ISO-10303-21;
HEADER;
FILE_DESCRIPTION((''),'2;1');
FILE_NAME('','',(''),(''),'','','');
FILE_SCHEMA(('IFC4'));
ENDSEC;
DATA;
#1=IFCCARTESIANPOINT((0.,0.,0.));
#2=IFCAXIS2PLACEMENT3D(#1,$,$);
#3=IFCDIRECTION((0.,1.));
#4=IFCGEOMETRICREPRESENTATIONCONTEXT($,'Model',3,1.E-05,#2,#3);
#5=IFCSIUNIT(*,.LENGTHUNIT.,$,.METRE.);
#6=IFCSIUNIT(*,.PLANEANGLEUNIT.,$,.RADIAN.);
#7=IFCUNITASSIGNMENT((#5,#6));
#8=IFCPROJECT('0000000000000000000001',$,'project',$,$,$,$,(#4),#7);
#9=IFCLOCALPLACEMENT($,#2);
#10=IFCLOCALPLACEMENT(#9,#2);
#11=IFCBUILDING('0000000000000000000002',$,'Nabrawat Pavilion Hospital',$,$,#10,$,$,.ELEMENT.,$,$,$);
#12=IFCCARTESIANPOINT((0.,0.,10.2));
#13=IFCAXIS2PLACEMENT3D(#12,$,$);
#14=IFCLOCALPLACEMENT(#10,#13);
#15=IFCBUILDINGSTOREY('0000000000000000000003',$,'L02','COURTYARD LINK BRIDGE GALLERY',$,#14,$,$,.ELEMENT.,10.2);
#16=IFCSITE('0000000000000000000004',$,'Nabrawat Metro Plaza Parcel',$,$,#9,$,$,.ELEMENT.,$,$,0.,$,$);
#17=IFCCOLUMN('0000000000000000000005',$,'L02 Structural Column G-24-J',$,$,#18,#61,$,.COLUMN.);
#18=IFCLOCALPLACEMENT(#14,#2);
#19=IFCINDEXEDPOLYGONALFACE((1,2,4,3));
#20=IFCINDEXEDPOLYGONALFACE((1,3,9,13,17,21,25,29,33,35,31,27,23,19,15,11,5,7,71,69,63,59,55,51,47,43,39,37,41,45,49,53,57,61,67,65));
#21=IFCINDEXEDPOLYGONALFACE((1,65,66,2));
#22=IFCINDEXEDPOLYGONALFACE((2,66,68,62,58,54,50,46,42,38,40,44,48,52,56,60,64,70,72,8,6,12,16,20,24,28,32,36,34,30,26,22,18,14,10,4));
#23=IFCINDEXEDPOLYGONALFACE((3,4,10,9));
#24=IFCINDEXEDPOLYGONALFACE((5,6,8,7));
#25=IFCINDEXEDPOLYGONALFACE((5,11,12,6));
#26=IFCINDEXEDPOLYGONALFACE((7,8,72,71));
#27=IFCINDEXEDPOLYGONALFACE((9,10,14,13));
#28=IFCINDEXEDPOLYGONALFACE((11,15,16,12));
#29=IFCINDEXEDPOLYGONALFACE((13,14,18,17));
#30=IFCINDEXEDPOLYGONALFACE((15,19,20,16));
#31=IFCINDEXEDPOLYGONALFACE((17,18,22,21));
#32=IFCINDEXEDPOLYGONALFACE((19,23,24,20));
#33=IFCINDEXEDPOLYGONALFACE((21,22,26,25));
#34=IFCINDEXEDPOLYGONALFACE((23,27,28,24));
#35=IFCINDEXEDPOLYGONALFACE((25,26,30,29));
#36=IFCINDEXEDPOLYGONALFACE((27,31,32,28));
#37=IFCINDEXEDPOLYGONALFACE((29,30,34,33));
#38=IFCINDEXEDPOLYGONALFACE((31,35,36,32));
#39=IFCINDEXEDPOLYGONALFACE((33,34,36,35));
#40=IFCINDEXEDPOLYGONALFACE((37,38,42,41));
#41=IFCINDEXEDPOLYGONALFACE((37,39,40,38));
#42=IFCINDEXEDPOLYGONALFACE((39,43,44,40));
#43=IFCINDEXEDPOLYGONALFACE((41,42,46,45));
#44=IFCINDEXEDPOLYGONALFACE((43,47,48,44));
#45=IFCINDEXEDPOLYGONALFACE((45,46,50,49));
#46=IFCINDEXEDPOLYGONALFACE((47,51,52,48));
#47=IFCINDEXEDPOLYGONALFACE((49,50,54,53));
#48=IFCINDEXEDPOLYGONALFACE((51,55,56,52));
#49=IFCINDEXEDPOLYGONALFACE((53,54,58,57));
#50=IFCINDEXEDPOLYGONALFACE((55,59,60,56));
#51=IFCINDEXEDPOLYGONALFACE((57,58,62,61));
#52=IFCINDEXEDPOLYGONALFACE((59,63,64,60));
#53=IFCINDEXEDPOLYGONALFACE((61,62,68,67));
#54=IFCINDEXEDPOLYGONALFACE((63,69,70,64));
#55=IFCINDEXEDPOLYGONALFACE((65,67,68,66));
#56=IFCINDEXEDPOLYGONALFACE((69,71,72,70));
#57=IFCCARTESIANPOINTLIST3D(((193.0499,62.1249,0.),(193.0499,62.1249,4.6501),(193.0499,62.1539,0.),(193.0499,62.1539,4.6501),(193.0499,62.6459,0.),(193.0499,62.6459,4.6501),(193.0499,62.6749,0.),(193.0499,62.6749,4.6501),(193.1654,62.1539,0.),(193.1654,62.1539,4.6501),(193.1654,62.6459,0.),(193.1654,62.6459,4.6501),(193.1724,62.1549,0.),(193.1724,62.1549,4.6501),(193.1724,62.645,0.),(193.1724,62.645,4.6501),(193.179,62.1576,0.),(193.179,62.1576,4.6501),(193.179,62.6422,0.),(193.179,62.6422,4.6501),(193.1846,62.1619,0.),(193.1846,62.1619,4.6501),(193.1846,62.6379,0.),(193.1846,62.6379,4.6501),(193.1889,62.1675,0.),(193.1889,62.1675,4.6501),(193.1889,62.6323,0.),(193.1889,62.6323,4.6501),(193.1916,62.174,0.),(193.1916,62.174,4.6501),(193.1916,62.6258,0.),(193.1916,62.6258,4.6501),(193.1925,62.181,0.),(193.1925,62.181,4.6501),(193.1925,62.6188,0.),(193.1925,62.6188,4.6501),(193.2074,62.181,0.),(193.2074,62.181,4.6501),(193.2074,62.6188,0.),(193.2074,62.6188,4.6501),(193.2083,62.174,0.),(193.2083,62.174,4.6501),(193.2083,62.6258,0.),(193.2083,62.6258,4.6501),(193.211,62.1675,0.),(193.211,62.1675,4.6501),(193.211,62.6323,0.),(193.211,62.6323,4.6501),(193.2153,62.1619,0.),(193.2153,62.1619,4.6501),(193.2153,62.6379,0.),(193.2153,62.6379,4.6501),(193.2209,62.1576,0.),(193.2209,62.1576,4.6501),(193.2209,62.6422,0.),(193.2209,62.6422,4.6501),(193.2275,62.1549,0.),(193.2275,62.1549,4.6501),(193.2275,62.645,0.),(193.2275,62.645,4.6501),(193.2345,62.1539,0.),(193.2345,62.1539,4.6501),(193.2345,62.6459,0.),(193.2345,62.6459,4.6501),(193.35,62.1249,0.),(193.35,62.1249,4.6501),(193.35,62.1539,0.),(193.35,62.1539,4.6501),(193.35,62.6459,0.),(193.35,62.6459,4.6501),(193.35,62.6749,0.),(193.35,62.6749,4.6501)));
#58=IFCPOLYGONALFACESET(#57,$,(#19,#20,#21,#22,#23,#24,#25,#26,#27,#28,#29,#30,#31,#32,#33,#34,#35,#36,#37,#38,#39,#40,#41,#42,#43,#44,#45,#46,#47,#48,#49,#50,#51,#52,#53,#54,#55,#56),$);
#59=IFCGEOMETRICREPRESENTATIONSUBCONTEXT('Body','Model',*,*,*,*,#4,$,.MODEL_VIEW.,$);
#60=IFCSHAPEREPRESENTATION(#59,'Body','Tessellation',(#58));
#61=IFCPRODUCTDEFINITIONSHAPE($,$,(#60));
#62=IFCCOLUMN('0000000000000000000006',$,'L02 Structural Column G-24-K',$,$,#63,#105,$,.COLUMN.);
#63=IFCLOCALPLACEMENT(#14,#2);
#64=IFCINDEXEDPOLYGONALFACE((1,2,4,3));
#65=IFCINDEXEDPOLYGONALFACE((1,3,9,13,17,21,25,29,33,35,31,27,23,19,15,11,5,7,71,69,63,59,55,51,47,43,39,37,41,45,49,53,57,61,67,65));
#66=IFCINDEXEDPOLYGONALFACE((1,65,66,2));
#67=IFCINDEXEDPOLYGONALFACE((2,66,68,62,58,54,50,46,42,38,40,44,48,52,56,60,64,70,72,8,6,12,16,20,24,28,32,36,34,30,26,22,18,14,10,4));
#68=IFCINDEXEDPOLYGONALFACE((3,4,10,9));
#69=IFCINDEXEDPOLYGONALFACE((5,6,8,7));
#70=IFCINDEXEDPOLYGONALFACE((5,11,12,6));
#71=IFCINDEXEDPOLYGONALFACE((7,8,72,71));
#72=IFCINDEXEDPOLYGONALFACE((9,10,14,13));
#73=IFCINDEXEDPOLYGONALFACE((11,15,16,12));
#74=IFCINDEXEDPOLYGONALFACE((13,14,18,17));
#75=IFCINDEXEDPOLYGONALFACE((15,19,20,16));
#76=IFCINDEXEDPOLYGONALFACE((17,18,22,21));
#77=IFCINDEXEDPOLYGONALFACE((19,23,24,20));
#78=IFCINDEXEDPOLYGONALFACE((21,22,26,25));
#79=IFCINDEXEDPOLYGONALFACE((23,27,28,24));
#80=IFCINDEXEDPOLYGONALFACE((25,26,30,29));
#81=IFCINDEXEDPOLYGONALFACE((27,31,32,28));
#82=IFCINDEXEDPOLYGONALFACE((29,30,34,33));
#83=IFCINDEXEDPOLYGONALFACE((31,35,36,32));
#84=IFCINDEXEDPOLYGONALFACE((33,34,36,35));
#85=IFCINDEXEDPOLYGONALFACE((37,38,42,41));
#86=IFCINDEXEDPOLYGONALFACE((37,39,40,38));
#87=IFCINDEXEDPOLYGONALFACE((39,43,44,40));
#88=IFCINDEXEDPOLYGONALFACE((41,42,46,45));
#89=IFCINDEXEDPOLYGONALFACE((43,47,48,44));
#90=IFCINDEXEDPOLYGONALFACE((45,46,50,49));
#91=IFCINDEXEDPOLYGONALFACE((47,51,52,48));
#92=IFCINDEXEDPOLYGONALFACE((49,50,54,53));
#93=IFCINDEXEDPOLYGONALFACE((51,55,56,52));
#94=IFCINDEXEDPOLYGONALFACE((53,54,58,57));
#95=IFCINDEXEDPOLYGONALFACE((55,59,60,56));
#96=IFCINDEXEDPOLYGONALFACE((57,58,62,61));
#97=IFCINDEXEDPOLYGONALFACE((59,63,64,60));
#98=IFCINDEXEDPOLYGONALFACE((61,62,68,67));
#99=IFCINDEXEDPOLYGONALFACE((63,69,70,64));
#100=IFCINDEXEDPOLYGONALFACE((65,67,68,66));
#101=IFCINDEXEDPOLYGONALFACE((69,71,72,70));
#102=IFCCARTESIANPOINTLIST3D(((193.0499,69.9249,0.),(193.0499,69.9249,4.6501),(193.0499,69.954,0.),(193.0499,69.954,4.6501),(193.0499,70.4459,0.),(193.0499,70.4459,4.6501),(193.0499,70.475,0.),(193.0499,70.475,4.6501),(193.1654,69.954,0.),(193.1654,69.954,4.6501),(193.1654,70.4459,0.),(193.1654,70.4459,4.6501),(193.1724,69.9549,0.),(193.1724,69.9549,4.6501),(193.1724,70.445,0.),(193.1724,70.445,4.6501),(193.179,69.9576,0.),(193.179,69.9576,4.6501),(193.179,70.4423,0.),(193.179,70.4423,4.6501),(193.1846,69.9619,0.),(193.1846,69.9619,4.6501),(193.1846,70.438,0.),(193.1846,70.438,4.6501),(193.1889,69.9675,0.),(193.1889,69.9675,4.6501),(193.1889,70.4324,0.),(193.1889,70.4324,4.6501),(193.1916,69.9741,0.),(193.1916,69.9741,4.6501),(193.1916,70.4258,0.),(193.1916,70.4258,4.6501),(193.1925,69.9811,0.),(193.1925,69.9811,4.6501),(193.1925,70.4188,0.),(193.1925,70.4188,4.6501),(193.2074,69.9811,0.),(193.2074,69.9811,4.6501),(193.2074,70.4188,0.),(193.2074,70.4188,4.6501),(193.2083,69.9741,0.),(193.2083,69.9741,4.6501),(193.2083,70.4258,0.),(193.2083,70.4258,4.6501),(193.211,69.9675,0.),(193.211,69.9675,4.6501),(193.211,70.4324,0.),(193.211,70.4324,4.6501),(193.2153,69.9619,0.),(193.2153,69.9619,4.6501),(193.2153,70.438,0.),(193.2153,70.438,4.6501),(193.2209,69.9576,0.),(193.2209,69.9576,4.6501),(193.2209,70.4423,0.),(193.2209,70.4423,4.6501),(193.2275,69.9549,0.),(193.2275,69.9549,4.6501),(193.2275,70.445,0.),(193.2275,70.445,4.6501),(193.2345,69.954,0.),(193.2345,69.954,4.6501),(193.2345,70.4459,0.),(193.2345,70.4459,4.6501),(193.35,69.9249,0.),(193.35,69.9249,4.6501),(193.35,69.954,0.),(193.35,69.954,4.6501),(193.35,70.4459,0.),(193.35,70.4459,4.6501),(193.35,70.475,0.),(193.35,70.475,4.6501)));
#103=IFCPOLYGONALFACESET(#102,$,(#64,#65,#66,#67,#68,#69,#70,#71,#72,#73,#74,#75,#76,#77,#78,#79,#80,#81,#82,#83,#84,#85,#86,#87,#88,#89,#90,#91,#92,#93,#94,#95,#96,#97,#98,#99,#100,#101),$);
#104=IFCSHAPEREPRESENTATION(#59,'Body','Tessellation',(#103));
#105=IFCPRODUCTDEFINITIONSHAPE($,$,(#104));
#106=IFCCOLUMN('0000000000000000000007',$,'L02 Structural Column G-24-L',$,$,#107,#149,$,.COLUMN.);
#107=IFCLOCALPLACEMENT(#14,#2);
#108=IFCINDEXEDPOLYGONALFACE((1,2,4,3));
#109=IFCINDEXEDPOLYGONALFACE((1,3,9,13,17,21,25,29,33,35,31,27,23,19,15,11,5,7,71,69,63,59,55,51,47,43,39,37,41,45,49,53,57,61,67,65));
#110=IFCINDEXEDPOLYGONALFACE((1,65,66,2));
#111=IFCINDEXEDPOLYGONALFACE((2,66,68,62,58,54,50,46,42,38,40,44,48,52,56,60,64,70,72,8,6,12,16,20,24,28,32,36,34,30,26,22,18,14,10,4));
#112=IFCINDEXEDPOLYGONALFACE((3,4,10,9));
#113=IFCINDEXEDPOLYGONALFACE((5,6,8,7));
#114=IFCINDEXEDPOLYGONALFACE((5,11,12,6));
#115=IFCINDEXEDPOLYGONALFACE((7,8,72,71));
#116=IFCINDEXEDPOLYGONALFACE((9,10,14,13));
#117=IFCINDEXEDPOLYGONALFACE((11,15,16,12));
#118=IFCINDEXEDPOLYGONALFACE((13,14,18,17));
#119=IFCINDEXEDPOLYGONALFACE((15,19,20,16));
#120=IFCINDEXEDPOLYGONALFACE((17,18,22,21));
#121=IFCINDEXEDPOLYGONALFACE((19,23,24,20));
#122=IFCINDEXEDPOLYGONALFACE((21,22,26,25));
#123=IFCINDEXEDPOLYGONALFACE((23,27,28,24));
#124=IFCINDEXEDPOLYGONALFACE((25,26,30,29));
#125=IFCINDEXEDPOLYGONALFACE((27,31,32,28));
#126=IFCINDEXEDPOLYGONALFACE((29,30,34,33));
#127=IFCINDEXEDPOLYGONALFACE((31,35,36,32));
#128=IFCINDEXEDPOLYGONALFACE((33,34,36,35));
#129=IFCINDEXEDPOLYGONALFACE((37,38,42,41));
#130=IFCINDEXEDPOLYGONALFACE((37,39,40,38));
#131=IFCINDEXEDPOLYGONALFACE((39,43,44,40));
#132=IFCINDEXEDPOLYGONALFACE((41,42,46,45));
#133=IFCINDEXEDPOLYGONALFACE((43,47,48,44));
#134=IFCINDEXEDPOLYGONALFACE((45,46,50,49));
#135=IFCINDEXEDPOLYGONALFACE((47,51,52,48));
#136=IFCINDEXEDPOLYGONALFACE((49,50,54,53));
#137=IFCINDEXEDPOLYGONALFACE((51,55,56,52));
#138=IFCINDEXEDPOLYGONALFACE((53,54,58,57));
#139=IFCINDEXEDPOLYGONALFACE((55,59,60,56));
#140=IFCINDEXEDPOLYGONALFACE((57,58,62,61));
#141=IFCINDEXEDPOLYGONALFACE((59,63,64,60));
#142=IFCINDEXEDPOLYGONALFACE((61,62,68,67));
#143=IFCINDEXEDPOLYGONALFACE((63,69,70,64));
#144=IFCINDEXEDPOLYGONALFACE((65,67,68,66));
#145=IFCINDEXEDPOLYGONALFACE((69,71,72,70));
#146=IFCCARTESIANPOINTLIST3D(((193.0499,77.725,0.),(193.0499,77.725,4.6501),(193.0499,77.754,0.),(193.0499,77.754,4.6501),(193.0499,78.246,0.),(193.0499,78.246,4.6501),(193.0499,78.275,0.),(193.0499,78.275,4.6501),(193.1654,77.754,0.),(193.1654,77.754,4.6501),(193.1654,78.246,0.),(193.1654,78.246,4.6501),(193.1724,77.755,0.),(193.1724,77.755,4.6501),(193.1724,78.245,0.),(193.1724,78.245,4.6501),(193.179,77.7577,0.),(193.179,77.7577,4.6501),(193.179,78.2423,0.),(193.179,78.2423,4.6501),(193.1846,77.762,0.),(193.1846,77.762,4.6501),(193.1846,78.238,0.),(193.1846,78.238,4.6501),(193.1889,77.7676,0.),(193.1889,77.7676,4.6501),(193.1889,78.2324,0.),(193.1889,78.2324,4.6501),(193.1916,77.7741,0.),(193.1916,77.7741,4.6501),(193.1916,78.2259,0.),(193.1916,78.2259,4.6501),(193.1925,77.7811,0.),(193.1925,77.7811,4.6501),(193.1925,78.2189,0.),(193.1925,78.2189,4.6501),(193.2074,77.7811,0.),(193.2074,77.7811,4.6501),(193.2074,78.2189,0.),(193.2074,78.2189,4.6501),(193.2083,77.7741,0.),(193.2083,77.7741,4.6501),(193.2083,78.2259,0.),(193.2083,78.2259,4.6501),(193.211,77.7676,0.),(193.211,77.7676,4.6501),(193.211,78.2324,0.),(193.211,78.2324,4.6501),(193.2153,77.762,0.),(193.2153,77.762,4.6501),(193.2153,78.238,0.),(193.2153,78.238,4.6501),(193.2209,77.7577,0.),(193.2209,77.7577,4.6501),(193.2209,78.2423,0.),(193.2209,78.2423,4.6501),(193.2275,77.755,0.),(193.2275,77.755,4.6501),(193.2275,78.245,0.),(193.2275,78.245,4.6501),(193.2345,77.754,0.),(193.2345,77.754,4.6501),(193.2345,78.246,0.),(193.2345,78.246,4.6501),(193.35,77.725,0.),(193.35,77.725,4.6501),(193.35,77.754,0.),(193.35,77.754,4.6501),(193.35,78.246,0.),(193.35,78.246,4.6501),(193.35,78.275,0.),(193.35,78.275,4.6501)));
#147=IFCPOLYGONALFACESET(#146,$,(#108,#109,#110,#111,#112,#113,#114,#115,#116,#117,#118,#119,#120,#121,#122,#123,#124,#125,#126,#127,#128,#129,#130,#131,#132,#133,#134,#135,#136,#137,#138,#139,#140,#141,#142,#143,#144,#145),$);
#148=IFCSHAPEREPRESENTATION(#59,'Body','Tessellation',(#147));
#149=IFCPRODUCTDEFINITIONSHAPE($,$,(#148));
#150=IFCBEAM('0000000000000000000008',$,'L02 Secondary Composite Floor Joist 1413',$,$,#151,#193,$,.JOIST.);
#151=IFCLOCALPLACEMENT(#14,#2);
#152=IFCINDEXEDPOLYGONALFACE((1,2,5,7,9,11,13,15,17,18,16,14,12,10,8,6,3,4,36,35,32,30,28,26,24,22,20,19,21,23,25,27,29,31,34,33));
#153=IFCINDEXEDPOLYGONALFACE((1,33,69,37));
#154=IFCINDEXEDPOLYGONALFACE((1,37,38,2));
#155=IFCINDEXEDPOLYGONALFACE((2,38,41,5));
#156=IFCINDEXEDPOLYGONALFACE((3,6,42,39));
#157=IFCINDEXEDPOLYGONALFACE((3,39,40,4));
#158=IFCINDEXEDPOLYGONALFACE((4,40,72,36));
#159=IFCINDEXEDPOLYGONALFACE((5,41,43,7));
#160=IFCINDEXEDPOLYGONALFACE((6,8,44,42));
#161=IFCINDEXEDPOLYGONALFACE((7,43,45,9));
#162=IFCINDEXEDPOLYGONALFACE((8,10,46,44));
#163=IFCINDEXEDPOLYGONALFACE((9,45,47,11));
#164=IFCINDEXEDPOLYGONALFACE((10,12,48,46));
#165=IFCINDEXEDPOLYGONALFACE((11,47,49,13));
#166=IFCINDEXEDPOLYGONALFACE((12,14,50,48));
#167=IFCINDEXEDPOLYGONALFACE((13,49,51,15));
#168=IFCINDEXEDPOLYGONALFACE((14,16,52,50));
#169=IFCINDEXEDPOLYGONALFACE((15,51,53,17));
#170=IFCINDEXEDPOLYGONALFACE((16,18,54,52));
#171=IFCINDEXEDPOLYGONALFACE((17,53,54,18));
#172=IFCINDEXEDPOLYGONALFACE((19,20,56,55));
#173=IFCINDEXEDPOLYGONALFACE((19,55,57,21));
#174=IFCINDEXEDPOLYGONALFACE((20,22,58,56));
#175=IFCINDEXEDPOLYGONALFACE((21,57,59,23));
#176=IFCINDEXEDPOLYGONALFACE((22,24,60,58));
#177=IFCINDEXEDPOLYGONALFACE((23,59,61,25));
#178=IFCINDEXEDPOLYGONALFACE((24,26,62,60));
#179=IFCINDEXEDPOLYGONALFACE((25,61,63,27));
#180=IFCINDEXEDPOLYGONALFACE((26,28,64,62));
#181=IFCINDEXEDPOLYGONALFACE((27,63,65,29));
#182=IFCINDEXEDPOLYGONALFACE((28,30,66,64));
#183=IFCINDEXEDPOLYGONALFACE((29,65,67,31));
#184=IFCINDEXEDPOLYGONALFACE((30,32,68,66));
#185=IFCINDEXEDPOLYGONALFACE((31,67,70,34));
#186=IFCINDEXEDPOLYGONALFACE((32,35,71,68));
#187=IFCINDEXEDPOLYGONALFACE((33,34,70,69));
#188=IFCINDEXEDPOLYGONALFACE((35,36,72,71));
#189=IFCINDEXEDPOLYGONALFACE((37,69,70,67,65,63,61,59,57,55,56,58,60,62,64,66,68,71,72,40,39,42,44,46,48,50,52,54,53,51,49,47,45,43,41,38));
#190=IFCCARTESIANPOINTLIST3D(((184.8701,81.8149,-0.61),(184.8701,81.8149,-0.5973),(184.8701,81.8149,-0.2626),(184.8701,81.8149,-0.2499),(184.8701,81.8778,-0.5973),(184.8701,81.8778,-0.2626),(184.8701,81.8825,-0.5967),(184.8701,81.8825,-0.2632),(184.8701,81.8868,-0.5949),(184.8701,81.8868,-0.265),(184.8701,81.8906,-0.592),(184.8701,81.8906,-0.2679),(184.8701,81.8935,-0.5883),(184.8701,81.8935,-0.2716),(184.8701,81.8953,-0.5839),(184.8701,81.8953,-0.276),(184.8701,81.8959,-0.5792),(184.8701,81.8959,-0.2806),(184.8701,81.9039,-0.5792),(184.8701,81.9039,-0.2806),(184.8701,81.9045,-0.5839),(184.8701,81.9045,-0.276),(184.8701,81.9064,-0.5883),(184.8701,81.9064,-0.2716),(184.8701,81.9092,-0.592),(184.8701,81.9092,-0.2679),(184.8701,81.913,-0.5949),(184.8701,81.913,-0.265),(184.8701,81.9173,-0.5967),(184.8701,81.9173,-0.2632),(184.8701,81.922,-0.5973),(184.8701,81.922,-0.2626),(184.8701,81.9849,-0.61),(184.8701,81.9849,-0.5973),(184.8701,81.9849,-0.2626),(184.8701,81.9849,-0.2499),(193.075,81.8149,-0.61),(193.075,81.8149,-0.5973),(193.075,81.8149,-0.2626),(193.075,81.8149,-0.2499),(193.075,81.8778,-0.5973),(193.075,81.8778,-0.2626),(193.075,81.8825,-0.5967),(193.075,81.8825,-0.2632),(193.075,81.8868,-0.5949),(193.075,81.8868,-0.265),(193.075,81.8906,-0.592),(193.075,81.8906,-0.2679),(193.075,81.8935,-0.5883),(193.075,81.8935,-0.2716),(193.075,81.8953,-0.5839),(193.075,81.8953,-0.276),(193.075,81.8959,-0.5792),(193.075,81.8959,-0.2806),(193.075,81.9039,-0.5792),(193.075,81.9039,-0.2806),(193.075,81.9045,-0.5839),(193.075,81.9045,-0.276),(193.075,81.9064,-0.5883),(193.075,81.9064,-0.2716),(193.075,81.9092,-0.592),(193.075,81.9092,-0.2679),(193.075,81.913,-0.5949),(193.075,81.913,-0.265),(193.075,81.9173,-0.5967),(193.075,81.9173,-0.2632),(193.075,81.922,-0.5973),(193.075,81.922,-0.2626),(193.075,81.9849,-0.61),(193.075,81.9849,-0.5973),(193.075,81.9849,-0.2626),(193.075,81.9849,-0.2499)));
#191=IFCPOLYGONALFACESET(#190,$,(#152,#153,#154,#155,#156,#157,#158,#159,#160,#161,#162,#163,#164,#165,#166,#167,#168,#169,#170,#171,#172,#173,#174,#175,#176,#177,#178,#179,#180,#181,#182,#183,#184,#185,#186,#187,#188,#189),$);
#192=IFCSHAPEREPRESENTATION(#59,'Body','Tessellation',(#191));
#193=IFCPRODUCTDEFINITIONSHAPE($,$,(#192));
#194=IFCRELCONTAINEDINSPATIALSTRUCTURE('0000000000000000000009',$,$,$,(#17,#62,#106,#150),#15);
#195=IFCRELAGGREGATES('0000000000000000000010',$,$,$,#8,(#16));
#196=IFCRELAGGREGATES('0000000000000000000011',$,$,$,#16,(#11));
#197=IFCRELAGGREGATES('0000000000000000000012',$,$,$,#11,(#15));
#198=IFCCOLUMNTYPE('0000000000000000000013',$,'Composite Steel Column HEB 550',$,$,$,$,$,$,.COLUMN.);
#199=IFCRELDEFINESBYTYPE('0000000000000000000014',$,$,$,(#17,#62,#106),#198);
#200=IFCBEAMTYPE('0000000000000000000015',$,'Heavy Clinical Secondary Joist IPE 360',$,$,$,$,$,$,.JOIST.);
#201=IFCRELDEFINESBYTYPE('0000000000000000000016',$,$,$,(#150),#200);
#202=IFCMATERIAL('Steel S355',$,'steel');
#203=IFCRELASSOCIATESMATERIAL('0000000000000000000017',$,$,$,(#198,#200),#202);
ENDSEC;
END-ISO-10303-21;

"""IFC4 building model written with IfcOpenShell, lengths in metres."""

from ifc_helpers import new_model, si_unit, direction, frame, origin, origin_2d, place, context, subcontext, project, spatial, i_section, extrude, material, material_profile, profile_set, type_object, element, save


model = new_model("IFC4")

# Units and contexts
model_context = context("Model", 3, precision=1e-05, world=origin(), true_north=direction((0.0, 1.0)))
body_context = subcontext(model_context, "Body", "Model", "MODEL_VIEW")
ifc_project = project(units=[si_unit("LENGTHUNIT", "METRE"), si_unit("PLANEANGLEUNIT", "RADIAN")], contexts=[model_context])

# Site, building, storey
site_placement = place(None, origin())
site = spatial("IfcSite", under=ifc_project, at=site_placement, Name="Nabrawat Metro Plaza Parcel", CompositionType="ELEMENT", RefElevation=0.0)
building_placement = place(site_placement, origin())
building = spatial("IfcBuilding", under=site, at=building_placement, Name="Nabrawat Pavilion Hospital", CompositionType="ELEMENT")
storey_placement = place(building_placement, frame((0.0, 0.0, 10.2)))
storey = spatial("IfcBuildingStorey", under=building, at=storey_placement, Name="L02", Description="COURTYARD LINK BRIDGE GALLERY", CompositionType="ELEMENT", Elevation=10.2)

# Columns
ifc_material_1 = material(Name="Steel S355", Category="steel")
ifc_material_profile_1 = material_profile(ifc_material_1, i_section(OverallWidth=0.3, OverallDepth=0.55, WebThickness=0.0149, FlangeThickness=0.0291, FilletRadius=0.0271, at=origin_2d()), Name="HEB 550")
ifc_profile_set_1 = profile_set([ifc_material_profile_1], Name="Steel S355")
column_type = type_object("IfcColumnType", Name="Composite Steel Column HEB 550", PredefinedType="COLUMN", material=ifc_profile_set_1)
for number, where, z_axis, x_axis, name in (
    (1, (193.2, 62.3999, 0.0), (0.0, 0.0, 1.0), (1.0, 0.0, 0.0), "L02 Structural Column G-24-J"),
    (2, (193.2, 70.2, 0.0), (0.0, 0.0, 1.0), (1.0, 0.0, 0.0), "L02 Structural Column G-24-K"),
    (3, (193.2, 78.0, 0.0), (0.0, 0.0, 1.0), (1.0, 0.0, 0.0), "L02 Structural Column G-24-L"),
):
    element("IfcColumn", number, at=place(storey_placement, frame(where, z_axis=z_axis, x_axis=x_axis)), inside=storey, type_object=column_type, Name=name, PredefinedType="COLUMN", context=body_context, shape_type="SweptSolid", body=[
        extrude(i_section(OverallWidth=0.3, OverallDepth=0.55, WebThickness=0.0149, FlangeThickness=0.0291, FilletRadius=0.0271, at=origin_2d()), origin(), (0.0, 0.0, 1.0), 4.6501),
    ])

# Beam
ifc_material_profile_2 = material_profile(ifc_material_1, i_section(OverallWidth=0.1699, OverallDepth=0.3601, WebThickness=0.0081, FlangeThickness=0.0127, FilletRadius=0.0181, at=origin_2d()), Name="IPE 360")
ifc_profile_set_2 = profile_set([ifc_material_profile_2], Name="Steel S355")
beam_type_1 = type_object("IfcBeamType", Name="Heavy Clinical Secondary Joist IPE 360", PredefinedType="JOIST", material=ifc_profile_set_2)
beam_1_placement = place(storey_placement, frame((184.8701, 81.8999, -0.4299), z_axis=(1.0, 0.0, 0.0), x_axis=(0.0, 1.0, 0.0)))
element("IfcBeam", 4, at=beam_1_placement, inside=storey, type_object=beam_type_1, Name="L02 Secondary Composite Floor Joist 1413", PredefinedType="JOIST", context=body_context, shape_type="SweptSolid", body=[
    extrude(i_section(OverallWidth=0.1699, OverallDepth=0.3601, WebThickness=0.0081, FlangeThickness=0.0127, FilletRadius=0.0181, at=origin_2d()), origin(), (0.0, 0.0, 1.0), 8.2048),
])

save(model, "model.ifc")
